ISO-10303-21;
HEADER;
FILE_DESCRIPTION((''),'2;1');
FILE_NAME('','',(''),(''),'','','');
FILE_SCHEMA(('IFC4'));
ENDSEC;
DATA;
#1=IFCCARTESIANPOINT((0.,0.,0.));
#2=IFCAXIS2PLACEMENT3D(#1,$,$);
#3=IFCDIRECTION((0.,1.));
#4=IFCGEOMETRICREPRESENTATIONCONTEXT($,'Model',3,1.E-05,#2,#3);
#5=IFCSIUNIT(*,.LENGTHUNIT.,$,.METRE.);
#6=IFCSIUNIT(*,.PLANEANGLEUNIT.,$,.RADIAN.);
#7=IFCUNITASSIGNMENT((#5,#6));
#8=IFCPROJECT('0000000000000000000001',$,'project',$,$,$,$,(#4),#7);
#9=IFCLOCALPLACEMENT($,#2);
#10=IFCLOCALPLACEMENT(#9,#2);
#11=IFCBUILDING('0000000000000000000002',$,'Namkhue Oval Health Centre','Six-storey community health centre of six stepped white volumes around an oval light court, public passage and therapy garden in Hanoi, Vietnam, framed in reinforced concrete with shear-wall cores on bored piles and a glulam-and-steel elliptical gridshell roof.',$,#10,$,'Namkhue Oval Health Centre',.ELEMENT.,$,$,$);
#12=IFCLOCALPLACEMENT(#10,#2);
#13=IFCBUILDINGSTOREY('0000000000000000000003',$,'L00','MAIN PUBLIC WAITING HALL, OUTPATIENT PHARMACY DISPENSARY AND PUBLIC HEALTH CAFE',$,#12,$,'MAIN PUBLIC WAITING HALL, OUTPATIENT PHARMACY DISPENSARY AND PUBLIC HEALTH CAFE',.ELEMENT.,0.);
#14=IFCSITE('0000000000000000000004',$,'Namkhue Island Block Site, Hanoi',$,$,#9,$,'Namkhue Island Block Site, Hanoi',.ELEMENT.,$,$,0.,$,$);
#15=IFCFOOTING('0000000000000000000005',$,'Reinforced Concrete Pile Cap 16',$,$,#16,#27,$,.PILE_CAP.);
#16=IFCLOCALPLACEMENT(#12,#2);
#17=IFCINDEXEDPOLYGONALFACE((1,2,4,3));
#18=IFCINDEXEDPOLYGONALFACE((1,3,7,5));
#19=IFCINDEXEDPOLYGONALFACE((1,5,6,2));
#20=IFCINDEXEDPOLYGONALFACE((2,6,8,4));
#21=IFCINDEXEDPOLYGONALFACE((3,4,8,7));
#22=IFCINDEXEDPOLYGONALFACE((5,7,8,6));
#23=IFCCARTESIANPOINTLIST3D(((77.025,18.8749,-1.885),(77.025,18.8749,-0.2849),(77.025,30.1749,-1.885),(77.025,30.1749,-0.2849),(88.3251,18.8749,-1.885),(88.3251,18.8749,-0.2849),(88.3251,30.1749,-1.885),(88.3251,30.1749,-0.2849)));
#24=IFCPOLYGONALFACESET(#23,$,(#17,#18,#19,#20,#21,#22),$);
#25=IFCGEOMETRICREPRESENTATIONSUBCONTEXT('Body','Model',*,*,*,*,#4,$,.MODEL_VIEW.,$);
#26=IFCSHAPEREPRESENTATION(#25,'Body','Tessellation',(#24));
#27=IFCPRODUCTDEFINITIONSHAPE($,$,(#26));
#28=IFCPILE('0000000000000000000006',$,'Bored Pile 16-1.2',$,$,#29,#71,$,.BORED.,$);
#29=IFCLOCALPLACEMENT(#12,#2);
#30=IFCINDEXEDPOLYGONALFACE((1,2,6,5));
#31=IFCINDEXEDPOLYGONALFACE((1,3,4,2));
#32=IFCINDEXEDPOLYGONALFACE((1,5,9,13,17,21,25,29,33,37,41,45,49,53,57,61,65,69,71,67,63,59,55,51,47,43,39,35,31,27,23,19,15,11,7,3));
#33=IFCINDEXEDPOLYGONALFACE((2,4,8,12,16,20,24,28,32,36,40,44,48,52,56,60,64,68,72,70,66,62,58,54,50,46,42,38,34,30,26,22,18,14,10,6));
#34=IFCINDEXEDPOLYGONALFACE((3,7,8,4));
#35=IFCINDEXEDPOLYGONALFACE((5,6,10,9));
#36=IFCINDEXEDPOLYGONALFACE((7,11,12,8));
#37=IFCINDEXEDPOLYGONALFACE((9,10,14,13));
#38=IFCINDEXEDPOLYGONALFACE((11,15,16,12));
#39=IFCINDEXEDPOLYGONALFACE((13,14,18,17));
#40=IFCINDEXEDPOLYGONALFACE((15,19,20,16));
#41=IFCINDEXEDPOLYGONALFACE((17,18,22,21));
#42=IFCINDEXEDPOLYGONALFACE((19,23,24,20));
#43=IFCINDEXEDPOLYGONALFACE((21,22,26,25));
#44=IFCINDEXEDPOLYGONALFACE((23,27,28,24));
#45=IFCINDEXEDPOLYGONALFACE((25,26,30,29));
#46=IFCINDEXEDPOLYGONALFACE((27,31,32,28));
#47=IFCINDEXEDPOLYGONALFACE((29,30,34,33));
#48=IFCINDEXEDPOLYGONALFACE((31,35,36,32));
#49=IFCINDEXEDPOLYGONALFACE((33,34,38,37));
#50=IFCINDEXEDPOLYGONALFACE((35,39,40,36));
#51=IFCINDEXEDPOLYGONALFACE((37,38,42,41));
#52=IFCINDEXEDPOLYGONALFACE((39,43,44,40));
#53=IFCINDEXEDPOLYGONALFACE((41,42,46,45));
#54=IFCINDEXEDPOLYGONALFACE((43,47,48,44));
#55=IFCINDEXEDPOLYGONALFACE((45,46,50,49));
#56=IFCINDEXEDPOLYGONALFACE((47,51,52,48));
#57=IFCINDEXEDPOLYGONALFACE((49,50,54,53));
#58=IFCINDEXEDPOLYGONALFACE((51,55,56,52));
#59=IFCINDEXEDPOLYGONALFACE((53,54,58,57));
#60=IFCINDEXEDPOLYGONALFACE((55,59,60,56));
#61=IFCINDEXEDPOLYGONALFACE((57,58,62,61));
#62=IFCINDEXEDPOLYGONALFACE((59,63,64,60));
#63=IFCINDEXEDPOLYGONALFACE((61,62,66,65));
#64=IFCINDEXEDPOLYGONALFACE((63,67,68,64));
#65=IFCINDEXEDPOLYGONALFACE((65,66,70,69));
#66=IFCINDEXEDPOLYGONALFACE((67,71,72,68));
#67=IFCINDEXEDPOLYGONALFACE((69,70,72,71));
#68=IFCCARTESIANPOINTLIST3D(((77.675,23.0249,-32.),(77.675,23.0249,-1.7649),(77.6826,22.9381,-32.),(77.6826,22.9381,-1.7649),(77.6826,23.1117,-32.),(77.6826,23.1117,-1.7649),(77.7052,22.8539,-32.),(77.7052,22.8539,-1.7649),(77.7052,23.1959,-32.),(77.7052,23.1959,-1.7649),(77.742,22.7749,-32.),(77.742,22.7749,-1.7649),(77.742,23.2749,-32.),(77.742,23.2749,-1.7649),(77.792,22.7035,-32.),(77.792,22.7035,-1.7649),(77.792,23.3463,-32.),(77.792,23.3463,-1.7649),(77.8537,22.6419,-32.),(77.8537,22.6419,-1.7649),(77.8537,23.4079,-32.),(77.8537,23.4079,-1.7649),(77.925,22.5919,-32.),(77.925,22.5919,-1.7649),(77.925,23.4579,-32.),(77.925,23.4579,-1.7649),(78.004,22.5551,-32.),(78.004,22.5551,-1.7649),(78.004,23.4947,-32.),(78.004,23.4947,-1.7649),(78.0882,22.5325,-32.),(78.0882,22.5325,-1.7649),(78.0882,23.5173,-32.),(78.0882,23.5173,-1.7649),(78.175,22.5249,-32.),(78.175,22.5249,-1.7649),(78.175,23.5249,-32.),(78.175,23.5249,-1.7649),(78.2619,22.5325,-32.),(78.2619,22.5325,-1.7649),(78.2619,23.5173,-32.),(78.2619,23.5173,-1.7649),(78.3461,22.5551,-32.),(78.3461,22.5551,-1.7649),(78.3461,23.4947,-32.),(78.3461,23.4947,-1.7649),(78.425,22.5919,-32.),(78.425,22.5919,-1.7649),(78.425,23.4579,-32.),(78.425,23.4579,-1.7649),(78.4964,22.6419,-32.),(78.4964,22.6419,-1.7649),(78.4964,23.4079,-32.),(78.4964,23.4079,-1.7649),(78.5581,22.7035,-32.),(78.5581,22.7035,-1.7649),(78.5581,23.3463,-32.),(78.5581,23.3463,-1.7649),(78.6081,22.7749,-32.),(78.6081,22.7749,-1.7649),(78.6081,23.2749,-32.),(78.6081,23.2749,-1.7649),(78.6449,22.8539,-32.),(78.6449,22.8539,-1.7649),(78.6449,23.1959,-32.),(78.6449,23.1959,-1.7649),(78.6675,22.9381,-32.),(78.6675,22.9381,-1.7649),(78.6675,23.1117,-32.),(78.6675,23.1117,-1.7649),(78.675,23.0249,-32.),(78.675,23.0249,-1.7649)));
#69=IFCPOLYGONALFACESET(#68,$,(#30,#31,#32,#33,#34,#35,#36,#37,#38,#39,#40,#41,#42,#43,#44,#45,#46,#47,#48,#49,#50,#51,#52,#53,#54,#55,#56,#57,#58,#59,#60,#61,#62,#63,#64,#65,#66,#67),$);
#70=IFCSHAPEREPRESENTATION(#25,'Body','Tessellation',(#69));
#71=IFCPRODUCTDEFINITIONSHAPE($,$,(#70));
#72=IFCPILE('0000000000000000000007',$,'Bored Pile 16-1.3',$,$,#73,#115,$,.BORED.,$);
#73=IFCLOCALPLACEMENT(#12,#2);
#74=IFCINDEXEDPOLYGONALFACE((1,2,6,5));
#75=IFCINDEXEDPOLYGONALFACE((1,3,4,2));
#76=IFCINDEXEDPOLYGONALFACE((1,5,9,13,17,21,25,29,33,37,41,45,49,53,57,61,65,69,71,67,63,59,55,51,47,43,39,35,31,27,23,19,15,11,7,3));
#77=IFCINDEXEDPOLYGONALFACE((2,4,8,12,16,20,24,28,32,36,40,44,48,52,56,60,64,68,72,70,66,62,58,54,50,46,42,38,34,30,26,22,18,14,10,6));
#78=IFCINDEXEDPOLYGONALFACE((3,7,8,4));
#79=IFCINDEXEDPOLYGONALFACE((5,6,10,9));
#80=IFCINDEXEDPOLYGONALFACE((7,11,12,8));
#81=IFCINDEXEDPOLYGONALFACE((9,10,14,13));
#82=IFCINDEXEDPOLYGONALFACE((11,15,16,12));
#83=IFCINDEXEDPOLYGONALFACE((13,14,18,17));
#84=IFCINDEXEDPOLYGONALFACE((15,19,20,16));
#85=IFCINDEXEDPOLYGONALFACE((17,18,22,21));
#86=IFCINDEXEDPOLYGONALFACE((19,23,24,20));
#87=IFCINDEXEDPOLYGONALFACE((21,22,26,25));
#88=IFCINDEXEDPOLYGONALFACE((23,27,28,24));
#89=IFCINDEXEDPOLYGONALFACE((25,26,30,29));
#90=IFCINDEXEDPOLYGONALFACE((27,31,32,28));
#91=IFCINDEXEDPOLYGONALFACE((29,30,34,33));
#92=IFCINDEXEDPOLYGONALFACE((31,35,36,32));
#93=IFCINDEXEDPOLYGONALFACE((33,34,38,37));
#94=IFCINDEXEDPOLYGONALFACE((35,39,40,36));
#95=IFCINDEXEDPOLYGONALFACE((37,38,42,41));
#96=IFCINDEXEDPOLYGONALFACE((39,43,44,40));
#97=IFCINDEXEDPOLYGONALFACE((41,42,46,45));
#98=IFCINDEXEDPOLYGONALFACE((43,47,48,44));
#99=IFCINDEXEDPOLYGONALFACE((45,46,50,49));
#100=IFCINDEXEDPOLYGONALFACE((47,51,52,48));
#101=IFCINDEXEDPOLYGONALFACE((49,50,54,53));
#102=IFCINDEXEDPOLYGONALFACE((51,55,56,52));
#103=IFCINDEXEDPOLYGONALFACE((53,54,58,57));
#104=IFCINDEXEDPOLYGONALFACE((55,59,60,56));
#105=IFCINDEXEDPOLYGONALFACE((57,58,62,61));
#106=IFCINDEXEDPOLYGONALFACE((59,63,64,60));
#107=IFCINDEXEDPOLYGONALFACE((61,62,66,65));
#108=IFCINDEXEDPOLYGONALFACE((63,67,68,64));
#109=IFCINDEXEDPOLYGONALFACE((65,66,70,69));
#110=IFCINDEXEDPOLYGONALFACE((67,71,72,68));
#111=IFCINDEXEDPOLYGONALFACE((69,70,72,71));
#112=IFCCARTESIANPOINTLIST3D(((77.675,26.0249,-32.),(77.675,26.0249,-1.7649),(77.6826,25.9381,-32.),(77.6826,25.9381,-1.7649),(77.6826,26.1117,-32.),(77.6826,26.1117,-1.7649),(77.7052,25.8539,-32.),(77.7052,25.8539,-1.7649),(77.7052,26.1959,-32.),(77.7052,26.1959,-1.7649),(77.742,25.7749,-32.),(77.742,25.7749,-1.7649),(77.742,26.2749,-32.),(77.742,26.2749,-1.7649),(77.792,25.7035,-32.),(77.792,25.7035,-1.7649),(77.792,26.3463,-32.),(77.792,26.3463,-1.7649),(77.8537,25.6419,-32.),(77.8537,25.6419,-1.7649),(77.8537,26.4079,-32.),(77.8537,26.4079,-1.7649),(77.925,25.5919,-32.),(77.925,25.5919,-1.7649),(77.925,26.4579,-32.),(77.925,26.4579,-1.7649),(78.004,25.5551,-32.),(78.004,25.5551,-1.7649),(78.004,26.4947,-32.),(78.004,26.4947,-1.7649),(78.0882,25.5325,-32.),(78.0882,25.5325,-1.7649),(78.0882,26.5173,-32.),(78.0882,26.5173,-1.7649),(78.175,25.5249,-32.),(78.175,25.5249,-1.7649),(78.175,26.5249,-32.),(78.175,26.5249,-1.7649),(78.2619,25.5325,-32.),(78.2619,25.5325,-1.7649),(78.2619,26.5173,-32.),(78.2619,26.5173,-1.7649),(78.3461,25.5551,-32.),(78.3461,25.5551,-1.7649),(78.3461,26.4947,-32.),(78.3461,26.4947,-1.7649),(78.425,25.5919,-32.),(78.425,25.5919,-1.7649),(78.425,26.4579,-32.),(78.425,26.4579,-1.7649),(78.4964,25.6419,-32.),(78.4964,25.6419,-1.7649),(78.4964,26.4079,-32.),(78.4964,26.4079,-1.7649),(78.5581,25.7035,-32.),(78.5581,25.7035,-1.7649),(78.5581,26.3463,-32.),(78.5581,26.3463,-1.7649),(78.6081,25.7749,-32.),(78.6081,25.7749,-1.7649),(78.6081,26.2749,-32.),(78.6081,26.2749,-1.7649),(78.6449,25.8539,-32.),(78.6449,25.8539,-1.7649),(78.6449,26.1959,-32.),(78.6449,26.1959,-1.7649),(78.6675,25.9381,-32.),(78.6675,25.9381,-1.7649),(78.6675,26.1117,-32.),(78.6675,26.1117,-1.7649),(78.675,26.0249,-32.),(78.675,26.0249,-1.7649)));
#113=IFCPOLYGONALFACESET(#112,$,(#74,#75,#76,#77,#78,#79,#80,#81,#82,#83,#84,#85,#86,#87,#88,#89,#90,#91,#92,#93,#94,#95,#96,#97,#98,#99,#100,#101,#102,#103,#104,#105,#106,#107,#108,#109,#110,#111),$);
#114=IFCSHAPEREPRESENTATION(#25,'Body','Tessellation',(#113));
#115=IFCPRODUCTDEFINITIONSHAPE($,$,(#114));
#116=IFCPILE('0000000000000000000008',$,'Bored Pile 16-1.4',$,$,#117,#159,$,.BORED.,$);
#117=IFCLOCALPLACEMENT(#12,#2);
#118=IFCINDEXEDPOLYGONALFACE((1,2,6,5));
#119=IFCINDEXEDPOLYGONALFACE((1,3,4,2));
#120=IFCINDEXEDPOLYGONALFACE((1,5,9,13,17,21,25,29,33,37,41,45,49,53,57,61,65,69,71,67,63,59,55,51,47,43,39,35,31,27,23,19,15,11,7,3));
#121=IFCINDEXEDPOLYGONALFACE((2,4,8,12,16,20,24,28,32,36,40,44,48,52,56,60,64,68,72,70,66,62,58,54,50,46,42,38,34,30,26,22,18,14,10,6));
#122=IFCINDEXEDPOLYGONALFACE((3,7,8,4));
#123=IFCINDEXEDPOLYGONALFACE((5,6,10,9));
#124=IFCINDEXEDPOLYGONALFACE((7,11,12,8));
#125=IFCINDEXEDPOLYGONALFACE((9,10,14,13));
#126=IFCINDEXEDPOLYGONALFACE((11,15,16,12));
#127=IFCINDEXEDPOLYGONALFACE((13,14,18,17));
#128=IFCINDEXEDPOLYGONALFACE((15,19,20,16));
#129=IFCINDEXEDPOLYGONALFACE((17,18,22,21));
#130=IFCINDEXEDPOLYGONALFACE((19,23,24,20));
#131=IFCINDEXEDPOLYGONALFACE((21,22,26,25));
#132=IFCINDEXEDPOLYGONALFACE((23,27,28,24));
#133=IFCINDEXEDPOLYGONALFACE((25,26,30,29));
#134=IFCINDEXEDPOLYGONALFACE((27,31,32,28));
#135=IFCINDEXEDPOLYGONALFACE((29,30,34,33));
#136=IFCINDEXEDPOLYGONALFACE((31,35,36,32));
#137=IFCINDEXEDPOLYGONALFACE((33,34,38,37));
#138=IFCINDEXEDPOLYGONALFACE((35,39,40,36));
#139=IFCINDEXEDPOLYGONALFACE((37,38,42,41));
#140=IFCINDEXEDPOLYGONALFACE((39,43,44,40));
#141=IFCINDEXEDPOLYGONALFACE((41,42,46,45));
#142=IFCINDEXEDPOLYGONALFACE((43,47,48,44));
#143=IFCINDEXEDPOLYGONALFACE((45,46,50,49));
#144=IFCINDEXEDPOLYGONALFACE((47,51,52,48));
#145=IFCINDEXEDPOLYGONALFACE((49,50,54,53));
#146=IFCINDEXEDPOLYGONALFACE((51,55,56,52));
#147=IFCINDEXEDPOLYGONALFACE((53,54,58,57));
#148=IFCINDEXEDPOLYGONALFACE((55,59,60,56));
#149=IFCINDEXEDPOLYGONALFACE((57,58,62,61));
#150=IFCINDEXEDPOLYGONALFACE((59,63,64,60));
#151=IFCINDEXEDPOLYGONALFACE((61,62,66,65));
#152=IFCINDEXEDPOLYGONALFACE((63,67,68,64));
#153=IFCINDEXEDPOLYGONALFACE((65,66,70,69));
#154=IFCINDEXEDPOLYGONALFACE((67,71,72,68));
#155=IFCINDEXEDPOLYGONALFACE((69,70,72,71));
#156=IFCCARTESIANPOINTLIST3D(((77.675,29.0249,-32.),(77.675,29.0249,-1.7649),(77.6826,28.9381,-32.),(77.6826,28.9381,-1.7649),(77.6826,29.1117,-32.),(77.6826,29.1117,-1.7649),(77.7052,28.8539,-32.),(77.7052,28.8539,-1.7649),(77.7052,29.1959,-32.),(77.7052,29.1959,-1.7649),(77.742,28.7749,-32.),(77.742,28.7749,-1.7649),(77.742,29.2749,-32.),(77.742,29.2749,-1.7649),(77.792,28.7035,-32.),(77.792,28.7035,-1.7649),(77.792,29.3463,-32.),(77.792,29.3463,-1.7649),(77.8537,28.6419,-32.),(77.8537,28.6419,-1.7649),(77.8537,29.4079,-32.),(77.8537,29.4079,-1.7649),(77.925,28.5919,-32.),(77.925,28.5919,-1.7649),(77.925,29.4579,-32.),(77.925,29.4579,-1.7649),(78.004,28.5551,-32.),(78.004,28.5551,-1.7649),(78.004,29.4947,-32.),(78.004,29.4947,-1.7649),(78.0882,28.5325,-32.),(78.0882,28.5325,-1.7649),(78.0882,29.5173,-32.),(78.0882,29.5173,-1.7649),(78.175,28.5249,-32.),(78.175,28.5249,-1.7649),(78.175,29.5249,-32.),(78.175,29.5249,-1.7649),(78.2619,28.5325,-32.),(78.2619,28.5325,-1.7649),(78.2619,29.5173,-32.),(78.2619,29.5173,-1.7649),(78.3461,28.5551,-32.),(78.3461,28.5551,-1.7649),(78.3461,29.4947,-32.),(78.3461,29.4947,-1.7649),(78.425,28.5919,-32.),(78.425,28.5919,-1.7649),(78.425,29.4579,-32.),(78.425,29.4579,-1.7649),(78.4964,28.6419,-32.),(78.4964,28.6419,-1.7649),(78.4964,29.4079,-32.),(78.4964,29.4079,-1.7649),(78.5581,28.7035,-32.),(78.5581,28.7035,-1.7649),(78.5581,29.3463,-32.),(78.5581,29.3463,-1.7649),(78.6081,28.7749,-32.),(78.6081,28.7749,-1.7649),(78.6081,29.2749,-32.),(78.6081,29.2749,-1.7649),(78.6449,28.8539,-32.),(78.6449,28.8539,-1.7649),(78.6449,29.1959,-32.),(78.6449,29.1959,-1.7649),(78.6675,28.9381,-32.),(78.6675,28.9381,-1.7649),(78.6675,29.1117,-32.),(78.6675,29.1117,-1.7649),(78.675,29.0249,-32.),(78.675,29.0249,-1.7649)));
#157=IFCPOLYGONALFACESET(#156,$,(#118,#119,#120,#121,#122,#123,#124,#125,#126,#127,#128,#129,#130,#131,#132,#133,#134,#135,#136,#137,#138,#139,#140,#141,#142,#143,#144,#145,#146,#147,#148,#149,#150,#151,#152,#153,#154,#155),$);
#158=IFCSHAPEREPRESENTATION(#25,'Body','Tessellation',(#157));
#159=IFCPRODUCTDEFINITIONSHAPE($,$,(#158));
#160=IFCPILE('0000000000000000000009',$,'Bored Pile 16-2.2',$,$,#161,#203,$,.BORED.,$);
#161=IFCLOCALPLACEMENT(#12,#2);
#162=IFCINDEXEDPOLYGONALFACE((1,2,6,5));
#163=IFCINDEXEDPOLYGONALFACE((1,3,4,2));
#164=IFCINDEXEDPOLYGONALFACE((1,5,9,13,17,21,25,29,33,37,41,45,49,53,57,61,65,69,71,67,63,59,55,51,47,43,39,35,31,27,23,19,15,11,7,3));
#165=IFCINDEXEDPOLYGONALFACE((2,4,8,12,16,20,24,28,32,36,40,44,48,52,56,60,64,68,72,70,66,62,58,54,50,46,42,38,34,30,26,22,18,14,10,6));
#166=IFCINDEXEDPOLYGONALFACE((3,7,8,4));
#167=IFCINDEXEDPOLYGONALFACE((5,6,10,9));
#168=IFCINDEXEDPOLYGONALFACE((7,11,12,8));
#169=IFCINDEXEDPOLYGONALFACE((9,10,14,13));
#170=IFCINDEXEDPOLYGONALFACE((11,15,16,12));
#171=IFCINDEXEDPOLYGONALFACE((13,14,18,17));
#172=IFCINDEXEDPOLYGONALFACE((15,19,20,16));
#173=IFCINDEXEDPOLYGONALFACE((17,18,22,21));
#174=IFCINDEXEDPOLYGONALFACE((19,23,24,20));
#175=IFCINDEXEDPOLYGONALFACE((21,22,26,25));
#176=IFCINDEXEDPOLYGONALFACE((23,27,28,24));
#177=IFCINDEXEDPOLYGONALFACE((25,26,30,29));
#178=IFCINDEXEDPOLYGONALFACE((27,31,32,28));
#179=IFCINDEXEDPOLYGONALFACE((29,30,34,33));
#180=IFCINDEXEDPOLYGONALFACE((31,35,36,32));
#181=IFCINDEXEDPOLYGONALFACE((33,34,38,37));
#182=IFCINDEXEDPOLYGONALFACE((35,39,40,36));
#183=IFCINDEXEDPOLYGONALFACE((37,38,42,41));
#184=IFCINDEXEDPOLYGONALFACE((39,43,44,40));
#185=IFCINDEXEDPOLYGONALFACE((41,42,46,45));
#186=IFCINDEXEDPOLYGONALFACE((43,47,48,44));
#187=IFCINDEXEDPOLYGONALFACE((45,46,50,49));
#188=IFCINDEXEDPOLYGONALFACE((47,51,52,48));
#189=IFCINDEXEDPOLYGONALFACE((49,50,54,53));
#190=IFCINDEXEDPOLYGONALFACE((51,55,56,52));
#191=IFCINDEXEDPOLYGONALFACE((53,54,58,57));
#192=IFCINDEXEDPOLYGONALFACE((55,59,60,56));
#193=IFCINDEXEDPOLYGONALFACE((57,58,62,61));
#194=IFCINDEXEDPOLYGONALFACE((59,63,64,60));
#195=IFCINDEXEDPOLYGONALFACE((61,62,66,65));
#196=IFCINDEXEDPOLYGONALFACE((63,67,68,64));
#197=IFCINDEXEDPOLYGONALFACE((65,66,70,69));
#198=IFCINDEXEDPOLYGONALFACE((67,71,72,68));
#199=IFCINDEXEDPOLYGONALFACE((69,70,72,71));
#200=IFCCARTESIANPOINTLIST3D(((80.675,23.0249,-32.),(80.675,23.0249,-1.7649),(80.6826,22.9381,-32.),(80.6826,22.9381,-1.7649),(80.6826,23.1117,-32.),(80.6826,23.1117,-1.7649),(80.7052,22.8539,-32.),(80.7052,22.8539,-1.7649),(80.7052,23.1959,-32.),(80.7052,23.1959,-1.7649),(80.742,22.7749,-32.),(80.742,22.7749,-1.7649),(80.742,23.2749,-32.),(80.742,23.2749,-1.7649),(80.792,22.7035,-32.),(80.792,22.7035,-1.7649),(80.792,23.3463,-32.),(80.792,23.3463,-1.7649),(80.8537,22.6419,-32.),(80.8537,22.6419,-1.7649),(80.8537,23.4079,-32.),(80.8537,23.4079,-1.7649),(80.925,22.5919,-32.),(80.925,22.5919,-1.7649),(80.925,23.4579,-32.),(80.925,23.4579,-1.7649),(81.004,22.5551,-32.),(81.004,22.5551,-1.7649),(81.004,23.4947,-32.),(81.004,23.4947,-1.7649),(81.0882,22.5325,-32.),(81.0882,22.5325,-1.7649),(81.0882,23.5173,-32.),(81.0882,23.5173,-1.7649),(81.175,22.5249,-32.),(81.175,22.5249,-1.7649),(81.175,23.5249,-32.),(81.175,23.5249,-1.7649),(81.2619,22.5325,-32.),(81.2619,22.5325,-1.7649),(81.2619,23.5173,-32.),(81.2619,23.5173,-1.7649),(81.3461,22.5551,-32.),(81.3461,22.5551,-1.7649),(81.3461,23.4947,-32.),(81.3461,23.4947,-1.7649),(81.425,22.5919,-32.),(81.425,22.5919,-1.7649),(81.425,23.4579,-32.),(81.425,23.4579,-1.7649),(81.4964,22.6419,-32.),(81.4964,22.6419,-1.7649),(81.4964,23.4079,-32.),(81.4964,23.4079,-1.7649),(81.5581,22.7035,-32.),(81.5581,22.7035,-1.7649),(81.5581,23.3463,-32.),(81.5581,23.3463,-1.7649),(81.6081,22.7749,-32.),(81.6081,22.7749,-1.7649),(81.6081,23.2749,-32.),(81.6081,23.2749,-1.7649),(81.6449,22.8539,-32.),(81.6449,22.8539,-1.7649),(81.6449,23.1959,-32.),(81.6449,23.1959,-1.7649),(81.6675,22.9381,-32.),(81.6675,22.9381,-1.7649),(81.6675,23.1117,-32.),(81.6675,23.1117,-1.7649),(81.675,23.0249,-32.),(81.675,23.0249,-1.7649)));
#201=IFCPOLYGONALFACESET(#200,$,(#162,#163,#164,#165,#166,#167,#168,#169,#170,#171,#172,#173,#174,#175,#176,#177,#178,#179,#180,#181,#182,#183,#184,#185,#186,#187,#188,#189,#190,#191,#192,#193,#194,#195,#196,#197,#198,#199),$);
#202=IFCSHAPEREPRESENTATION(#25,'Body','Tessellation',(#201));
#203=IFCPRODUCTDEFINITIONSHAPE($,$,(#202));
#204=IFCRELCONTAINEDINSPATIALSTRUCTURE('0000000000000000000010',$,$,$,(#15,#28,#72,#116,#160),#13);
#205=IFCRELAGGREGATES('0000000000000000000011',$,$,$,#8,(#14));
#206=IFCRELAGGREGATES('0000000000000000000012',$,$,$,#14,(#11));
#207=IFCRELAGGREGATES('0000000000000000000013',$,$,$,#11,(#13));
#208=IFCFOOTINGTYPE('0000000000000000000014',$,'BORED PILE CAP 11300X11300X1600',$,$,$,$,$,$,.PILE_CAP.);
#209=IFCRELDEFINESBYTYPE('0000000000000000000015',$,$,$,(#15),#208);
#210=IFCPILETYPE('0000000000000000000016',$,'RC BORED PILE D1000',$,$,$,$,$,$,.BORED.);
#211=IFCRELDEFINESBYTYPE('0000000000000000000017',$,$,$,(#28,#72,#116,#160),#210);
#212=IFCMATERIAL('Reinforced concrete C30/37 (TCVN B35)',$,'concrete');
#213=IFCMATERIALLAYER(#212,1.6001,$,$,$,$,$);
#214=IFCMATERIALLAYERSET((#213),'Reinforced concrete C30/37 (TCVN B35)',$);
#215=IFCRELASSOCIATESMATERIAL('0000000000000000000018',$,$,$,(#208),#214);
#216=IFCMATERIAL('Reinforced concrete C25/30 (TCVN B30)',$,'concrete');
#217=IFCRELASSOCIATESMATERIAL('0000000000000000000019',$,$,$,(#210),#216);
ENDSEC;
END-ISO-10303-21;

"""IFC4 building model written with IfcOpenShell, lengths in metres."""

from ifc_helpers import new_model, si_unit, direction, frame, origin, origin_2d, place, context, subcontext, project, spatial, rectangle, circle, extrude, material, layer, layer_set, material_profile, profile_set, type_object, element, save


model = new_model("IFC4")

# Units and contexts
model_context = context("Model", 3, precision=1e-05, world=origin(), true_north=direction((0.0, 1.0)))
body_context = subcontext(model_context, "Body", "Model", "MODEL_VIEW")
ifc_project = project(units=[si_unit("LENGTHUNIT", "METRE"), si_unit("PLANEANGLEUNIT", "RADIAN")], contexts=[model_context])

# Site, building, storey
site_placement = place(None, origin())
site = spatial("IfcSite", under=ifc_project, at=site_placement, Name="Namkhue Island Block Site, Hanoi", LongName="Namkhue Island Block Site, Hanoi", CompositionType="ELEMENT", RefElevation=0.0)
building_placement = place(site_placement, origin())
building = spatial("IfcBuilding", under=site, at=building_placement, Name="Namkhue Oval Health Centre", Description="Six-storey community health centre of six stepped white volumes around an oval light court, public passage and therapy garden in Hanoi, Vietnam, framed in reinforced concrete with shear-wall cores on bored piles and a glulam-and-steel elliptical gridshell roof.", LongName="Namkhue Oval Health Centre", CompositionType="ELEMENT")
storey_placement = place(building_placement, origin())
storey = spatial("IfcBuildingStorey", under=building, at=storey_placement, Name="L00", Description="MAIN PUBLIC WAITING HALL, OUTPATIENT PHARMACY DISPENSARY AND PUBLIC HEALTH CAFE", LongName="MAIN PUBLIC WAITING HALL, OUTPATIENT PHARMACY DISPENSARY AND PUBLIC HEALTH CAFE", CompositionType="ELEMENT", Elevation=0.0)

# Footing
ifc_material_1 = material(Name="Reinforced concrete C30/37 (TCVN B35)", Category="concrete")
ifc_layer_1 = layer(ifc_material_1, 1.6001)
ifc_layer_set_1 = layer_set([ifc_layer_1], Name="Reinforced concrete C30/37 (TCVN B35)")
footing_type = type_object("IfcFootingType", Name="BORED PILE CAP 11300X11300X1600", PredefinedType="PILE_CAP", material=ifc_layer_set_1)
footing_placement = place(storey_placement, frame((82.675, 24.5249, -1.885), z_axis=(0.0, 0.0, 1.0), x_axis=(1.0, 0.0, 0.0)))
element("IfcFooting", 1, at=footing_placement, inside=storey, type_object=footing_type, Name="Reinforced Concrete Pile Cap 16", PredefinedType="PILE_CAP", context=body_context, shape_type="SweptSolid", body=[
    extrude(rectangle(XDim=11.3, YDim=11.3, at=origin_2d()), origin(), (0.0, 0.0, 1.0), 1.6001),
])

# Piles
ifc_material_2 = material(Name="Reinforced concrete C25/30 (TCVN B30)", Category="concrete")
ifc_material_profile_1 = material_profile(ifc_material_2, circle(Radius=0.5, at=origin_2d()), Name="BORED PILE D1000")
ifc_profile_set_1 = profile_set([ifc_material_profile_1], Name="Reinforced concrete C25/30 (TCVN B30)")
pile_type = type_object("IfcPileType", Name="RC BORED PILE D1000", PredefinedType="BORED", material=ifc_profile_set_1)
for number, where, z_axis, x_axis, name in (
    (2, (78.175, 23.0249, -1.7649), (0.0, 0.0, -1.0), (1.0, 0.0, 0.0), "Bored Pile 16-1.2"),
    (3, (78.175, 26.0249, -1.7649), (0.0, 0.0, -1.0), (1.0, 0.0, 0.0), "Bored Pile 16-1.3"),
    (4, (78.175, 29.0249, -1.7649), (0.0, 0.0, -1.0), (1.0, 0.0, 0.0), "Bored Pile 16-1.4"),
    (5, (81.175, 23.0249, -1.7649), (0.0, 0.0, -1.0), (1.0, 0.0, 0.0), "Bored Pile 16-2.2"),
):
    element("IfcPile", number, at=place(storey_placement, frame(where, z_axis=z_axis, x_axis=x_axis)), inside=storey, type_object=pile_type, Name=name, PredefinedType="BORED", context=body_context, shape_type="SweptSolid", body=[
        extrude(circle(Radius=0.5, at=origin_2d()), origin(), (0.0, 0.0, 1.0), 30.2351),
    ])

save(model, "model.ifc")
